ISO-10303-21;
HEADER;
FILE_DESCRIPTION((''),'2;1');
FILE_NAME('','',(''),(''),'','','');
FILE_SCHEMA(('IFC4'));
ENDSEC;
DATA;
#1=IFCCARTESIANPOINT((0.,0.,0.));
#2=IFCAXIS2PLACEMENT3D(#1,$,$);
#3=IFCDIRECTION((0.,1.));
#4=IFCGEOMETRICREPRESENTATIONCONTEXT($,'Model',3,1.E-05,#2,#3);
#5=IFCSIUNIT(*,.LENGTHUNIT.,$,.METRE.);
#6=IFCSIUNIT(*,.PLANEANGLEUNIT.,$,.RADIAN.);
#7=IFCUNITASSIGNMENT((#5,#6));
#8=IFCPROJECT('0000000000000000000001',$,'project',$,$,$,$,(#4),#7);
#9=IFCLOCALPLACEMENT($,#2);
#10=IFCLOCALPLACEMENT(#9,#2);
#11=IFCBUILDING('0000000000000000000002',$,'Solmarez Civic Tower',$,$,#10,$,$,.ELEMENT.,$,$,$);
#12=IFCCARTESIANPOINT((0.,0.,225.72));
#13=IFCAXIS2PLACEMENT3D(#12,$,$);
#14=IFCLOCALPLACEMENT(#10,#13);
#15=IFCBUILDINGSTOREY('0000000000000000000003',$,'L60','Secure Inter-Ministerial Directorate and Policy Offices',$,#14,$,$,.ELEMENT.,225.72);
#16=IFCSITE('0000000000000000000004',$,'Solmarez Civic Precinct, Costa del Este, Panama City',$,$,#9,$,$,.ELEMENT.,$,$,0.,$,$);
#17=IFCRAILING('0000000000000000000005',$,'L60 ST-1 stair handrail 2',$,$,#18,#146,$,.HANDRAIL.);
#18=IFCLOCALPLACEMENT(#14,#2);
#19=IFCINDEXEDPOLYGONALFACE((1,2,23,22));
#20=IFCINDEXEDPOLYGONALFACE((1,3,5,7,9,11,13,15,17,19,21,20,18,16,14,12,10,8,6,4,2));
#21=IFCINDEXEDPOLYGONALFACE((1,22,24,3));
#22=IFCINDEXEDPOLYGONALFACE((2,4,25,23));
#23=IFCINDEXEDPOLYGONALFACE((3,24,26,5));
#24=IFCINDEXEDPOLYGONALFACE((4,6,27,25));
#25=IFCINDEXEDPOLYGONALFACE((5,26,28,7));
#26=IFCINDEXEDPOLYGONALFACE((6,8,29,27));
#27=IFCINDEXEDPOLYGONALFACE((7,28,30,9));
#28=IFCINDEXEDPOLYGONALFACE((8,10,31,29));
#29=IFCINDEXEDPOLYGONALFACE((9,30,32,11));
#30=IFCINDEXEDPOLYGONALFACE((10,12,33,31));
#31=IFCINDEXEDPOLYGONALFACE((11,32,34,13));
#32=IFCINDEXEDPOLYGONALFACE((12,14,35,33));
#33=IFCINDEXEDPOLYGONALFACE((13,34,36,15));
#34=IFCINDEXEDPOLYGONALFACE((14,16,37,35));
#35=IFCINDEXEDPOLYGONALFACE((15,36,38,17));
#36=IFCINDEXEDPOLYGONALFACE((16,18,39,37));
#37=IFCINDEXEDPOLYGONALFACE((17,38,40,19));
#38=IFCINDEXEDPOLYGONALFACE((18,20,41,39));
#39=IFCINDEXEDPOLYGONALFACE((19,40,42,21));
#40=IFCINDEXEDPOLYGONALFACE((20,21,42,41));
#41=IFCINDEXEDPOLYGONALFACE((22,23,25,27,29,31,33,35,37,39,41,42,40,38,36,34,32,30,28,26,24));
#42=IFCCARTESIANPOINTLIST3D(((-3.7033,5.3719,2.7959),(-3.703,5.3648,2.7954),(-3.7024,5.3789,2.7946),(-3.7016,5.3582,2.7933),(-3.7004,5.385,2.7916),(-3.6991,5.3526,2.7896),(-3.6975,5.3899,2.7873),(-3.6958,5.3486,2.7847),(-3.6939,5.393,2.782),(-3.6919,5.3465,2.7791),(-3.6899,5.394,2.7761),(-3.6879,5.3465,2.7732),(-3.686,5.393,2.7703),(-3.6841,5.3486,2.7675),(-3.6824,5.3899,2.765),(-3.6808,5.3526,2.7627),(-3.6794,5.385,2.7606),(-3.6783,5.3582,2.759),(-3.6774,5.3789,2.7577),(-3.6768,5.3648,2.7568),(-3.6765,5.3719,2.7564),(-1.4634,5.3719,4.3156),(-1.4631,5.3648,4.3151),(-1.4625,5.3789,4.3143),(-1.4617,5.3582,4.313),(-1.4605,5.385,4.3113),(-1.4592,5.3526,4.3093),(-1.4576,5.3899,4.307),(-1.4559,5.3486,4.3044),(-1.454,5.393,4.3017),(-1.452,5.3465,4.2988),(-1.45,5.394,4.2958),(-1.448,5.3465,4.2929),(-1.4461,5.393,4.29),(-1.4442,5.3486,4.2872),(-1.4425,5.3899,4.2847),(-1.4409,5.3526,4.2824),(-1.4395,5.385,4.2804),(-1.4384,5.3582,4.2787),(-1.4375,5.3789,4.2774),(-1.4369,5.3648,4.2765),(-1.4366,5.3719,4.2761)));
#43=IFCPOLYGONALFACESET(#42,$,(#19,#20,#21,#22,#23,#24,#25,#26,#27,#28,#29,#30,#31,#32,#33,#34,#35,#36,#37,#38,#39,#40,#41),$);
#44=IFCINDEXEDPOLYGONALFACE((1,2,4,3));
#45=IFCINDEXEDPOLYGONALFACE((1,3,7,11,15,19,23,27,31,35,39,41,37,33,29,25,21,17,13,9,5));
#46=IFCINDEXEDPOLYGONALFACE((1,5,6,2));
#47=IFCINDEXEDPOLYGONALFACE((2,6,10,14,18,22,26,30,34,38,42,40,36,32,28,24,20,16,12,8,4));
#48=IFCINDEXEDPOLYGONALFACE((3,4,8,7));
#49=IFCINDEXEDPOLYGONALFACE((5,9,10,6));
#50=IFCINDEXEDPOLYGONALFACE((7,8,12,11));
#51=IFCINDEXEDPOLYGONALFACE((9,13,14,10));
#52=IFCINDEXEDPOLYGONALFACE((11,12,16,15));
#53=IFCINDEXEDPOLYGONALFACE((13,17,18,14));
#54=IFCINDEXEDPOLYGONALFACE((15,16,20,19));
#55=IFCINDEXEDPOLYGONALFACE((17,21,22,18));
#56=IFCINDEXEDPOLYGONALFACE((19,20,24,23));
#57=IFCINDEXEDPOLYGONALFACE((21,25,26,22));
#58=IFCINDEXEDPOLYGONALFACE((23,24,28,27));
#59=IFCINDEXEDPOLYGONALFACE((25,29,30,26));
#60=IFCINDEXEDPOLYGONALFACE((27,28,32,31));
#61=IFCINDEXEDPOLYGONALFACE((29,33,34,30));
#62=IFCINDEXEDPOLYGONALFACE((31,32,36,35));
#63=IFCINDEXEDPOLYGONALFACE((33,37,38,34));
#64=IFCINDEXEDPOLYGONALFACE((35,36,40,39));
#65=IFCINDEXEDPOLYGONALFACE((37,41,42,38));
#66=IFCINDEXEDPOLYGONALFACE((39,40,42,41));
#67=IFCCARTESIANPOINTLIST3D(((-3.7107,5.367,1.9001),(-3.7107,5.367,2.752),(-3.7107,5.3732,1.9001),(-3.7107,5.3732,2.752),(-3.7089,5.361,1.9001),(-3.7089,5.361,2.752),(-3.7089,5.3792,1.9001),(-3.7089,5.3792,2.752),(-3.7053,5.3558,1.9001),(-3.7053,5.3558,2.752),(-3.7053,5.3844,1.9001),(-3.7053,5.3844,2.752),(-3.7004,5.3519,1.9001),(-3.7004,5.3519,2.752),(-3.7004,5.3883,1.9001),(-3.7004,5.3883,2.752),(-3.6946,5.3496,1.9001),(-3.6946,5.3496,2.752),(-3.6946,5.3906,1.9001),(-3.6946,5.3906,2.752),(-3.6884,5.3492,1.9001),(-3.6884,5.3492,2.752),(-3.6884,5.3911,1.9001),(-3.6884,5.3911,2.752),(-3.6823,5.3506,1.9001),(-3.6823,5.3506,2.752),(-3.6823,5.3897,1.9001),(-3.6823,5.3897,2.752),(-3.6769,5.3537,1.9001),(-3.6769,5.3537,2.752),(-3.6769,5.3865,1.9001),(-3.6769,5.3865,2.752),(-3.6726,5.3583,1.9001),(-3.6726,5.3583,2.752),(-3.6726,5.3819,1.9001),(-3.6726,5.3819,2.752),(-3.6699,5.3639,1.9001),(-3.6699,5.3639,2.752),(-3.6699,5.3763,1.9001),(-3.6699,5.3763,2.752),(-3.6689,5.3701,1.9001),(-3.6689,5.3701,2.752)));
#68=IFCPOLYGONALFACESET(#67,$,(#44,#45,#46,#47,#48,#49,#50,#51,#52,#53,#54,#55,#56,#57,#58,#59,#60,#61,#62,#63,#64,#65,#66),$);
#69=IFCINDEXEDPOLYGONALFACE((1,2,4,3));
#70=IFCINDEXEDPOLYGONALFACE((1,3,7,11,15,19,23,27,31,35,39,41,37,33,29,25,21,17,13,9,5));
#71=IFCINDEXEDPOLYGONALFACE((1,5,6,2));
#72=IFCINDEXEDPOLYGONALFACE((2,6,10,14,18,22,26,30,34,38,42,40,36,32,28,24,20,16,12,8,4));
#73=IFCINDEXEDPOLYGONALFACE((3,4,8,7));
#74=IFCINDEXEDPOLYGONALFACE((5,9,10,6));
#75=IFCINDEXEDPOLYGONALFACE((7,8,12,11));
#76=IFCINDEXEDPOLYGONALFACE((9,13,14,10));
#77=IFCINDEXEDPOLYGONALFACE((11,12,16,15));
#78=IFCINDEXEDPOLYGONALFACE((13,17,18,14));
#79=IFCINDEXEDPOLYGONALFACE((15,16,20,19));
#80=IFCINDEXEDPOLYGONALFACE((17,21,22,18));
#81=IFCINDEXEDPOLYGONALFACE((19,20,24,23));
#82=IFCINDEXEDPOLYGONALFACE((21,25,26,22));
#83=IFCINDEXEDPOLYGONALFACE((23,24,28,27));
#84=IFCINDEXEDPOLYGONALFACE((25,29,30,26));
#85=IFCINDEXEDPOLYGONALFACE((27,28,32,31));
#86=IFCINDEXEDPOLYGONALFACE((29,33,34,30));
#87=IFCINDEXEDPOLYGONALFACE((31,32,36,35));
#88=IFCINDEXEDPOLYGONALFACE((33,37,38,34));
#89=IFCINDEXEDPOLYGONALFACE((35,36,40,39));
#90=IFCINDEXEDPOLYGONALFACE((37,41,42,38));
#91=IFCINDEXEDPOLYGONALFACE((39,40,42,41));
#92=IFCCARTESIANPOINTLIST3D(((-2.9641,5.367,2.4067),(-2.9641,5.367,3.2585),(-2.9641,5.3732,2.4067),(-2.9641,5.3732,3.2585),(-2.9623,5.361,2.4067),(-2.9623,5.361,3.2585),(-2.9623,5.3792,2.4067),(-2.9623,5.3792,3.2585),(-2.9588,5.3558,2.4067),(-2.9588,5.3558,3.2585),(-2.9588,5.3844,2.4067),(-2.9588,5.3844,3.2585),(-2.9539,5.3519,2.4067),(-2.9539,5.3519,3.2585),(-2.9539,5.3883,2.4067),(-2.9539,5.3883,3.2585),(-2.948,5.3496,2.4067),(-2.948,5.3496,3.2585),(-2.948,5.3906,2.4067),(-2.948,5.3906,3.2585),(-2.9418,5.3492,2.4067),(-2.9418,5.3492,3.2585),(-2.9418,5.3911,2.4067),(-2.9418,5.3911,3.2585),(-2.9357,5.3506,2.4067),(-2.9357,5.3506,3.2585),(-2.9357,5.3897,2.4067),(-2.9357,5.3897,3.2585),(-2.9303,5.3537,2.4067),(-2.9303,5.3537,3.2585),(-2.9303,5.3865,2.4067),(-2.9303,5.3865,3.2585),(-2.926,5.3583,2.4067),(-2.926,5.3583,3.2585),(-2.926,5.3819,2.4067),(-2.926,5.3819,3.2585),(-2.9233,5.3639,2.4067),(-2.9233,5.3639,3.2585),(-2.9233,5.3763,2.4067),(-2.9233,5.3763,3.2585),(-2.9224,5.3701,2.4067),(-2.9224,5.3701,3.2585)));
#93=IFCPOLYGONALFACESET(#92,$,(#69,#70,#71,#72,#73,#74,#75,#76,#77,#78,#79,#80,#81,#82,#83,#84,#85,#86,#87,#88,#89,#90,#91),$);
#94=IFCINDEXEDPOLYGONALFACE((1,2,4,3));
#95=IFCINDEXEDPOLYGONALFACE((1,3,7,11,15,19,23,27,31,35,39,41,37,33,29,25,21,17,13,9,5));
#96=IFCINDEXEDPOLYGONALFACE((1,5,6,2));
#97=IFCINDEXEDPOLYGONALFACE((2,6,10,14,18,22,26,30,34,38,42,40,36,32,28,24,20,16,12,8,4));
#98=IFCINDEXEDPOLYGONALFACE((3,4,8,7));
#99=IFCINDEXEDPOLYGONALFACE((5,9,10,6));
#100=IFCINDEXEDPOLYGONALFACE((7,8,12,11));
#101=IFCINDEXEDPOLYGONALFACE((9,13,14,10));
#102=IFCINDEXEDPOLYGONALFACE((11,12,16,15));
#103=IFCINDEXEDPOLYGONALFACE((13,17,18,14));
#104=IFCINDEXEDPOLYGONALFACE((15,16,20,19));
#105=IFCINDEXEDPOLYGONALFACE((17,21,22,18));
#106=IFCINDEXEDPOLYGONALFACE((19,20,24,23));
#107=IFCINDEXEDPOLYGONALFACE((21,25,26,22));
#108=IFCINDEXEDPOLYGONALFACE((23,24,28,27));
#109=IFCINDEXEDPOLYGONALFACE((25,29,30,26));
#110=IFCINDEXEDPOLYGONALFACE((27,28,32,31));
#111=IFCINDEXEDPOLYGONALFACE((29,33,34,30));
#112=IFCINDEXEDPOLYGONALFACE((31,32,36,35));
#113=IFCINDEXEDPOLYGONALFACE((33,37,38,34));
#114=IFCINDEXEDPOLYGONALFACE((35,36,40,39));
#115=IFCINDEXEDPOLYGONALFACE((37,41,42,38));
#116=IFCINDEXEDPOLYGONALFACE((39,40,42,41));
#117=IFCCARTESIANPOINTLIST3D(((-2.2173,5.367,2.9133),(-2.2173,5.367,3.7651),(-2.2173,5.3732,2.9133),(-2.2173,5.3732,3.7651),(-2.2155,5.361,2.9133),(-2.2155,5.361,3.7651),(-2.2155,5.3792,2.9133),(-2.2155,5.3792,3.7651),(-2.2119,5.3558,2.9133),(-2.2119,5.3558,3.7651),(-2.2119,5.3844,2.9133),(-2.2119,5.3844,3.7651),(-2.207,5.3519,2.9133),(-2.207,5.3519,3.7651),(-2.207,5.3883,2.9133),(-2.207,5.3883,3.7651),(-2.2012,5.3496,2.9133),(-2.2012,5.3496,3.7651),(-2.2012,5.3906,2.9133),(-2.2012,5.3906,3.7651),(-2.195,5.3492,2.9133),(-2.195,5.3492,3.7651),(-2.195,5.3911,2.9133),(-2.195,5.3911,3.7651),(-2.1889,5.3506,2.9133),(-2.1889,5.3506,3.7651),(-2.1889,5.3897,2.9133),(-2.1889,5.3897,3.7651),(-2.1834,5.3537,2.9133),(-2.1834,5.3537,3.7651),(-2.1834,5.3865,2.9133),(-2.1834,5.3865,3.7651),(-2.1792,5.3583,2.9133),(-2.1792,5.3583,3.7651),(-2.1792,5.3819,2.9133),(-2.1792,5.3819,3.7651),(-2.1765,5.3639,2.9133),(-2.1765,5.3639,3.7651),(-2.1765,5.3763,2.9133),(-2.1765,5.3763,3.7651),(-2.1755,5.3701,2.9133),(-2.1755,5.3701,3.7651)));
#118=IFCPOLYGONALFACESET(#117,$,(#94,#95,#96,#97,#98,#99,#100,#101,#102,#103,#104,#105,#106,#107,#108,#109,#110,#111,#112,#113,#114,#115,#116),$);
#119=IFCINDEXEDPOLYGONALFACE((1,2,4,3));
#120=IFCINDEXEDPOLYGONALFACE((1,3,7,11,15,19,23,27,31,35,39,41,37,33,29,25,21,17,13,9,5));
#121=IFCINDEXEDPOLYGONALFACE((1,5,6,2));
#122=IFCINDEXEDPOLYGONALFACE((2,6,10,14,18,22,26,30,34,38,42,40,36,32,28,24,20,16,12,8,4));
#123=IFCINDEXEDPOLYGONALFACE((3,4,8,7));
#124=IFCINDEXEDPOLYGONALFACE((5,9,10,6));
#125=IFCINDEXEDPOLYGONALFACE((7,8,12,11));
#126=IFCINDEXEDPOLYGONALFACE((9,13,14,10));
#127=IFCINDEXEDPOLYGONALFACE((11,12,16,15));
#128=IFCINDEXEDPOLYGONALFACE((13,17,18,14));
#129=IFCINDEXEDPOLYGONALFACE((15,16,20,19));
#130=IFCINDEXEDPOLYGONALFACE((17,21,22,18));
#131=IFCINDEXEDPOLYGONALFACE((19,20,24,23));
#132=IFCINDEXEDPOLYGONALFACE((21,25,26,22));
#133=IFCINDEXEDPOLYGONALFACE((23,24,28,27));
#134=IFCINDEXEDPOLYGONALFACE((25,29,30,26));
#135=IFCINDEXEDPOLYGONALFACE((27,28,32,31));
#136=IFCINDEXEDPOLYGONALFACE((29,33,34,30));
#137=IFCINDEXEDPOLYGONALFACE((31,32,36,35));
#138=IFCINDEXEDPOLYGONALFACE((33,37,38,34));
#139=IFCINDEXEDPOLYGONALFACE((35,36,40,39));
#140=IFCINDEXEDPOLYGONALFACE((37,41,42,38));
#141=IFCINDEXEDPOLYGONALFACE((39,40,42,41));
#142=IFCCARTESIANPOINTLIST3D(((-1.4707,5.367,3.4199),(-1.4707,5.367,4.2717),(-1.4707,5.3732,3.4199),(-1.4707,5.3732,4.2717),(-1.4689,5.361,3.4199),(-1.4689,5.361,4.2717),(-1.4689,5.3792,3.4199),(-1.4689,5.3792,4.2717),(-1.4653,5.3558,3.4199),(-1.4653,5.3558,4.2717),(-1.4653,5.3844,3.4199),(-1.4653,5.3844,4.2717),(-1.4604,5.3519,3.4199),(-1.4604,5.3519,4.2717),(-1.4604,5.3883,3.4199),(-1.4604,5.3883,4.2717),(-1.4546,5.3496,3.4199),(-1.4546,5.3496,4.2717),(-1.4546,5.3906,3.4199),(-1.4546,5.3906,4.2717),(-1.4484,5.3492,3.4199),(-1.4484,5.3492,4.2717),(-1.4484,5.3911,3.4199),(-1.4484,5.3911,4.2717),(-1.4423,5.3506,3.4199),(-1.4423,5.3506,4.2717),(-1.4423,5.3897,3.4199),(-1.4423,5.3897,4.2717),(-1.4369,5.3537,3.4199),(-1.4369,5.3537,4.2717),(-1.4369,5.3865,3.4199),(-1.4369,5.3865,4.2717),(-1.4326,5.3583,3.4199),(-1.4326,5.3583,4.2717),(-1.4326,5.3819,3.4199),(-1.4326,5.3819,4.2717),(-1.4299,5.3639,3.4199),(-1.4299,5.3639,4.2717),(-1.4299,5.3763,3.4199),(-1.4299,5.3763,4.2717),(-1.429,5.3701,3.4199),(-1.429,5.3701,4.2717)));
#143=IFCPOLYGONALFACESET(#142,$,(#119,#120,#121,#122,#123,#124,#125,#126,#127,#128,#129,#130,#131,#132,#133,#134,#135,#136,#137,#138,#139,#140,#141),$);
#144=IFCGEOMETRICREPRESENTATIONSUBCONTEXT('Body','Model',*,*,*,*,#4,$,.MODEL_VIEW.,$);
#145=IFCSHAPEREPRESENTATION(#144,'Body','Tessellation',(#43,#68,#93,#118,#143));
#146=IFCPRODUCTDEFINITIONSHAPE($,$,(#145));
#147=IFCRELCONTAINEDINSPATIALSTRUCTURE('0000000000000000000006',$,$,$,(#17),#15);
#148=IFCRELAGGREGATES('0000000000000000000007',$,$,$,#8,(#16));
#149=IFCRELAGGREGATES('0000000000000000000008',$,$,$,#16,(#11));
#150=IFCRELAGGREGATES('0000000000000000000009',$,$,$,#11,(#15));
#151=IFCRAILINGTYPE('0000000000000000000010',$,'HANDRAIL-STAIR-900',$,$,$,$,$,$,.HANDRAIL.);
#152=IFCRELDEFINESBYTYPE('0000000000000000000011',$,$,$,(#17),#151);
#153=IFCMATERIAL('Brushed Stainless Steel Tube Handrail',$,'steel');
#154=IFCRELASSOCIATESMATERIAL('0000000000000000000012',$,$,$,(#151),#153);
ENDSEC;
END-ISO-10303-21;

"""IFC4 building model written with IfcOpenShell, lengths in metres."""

from ifc_helpers import new_model, si_unit, direction, frame, origin, origin_2d, place, context, subcontext, project, spatial, circle, extrude, material, type_object, element, save


model = new_model("IFC4")

# Units and contexts
model_context = context("Model", 3, precision=1e-05, world=origin(), true_north=direction((0.0, 1.0)))
body_context = subcontext(model_context, "Body", "Model", "MODEL_VIEW")
ifc_project = project(units=[si_unit("LENGTHUNIT", "METRE"), si_unit("PLANEANGLEUNIT", "RADIAN")], contexts=[model_context])

# Site, building, storey
site_placement = place(None, origin())
site = spatial("IfcSite", under=ifc_project, at=site_placement, Name="Solmarez Civic Precinct, Costa del Este, Panama City", CompositionType="ELEMENT", RefElevation=0.0)
building_placement = place(site_placement, origin())
building = spatial("IfcBuilding", under=site, at=building_placement, Name="Solmarez Civic Tower", CompositionType="ELEMENT")
storey_placement = place(building_placement, frame((0.0, 0.0, 225.72)))
storey = spatial("IfcBuildingStorey", under=building, at=storey_placement, Name="L60", Description="Secure Inter-Ministerial Directorate and Policy Offices", CompositionType="ELEMENT", Elevation=225.72)

# Railing
ifc_material_1 = material(Name="Brushed Stainless Steel Tube Handrail", Category="steel")
railing_type_1 = type_object("IfcRailingType", Name="HANDRAIL-STAIR-900", PredefinedType="HANDRAIL", material=ifc_material_1)
railing_1_placement = place(storey_placement, frame((-3.6899, 5.3701, 1.9001)))
element("IfcRailing", 1, at=railing_1_placement, inside=storey, type_object=railing_type_1, Name="L60 ST-1 stair handrail 2", PredefinedType="HANDRAIL", context=body_context, shape_type="SweptSolid", body=[
    extrude(circle(Radius=0.0239, at=origin_2d()), frame((0.0, 0.0, 0.876), z_axis=(0.827513, 0.0, 0.561446), x_axis=(0.0, 1.0, 0.0)), (0.0, 0.0, 1.0), 2.7068),
    extrude(circle(Radius=0.021, at=origin_2d()), origin(), (0.0, 0.0, 1.0), 0.8518),
    extrude(circle(Radius=0.021, at=origin_2d()), frame((0.7466, 0.0, 0.5066)), (0.0, 0.0, 1.0), 0.8518),
    extrude(circle(Radius=0.021, at=origin_2d()), frame((1.4934, 0.0, 1.0132)), (0.0, 0.0, 1.0), 0.8518),
    extrude(circle(Radius=0.021, at=origin_2d()), frame((2.24, 0.0, 1.5198)), (0.0, 0.0, 1.0), 0.8518),
])

save(model, "model.ifc")
